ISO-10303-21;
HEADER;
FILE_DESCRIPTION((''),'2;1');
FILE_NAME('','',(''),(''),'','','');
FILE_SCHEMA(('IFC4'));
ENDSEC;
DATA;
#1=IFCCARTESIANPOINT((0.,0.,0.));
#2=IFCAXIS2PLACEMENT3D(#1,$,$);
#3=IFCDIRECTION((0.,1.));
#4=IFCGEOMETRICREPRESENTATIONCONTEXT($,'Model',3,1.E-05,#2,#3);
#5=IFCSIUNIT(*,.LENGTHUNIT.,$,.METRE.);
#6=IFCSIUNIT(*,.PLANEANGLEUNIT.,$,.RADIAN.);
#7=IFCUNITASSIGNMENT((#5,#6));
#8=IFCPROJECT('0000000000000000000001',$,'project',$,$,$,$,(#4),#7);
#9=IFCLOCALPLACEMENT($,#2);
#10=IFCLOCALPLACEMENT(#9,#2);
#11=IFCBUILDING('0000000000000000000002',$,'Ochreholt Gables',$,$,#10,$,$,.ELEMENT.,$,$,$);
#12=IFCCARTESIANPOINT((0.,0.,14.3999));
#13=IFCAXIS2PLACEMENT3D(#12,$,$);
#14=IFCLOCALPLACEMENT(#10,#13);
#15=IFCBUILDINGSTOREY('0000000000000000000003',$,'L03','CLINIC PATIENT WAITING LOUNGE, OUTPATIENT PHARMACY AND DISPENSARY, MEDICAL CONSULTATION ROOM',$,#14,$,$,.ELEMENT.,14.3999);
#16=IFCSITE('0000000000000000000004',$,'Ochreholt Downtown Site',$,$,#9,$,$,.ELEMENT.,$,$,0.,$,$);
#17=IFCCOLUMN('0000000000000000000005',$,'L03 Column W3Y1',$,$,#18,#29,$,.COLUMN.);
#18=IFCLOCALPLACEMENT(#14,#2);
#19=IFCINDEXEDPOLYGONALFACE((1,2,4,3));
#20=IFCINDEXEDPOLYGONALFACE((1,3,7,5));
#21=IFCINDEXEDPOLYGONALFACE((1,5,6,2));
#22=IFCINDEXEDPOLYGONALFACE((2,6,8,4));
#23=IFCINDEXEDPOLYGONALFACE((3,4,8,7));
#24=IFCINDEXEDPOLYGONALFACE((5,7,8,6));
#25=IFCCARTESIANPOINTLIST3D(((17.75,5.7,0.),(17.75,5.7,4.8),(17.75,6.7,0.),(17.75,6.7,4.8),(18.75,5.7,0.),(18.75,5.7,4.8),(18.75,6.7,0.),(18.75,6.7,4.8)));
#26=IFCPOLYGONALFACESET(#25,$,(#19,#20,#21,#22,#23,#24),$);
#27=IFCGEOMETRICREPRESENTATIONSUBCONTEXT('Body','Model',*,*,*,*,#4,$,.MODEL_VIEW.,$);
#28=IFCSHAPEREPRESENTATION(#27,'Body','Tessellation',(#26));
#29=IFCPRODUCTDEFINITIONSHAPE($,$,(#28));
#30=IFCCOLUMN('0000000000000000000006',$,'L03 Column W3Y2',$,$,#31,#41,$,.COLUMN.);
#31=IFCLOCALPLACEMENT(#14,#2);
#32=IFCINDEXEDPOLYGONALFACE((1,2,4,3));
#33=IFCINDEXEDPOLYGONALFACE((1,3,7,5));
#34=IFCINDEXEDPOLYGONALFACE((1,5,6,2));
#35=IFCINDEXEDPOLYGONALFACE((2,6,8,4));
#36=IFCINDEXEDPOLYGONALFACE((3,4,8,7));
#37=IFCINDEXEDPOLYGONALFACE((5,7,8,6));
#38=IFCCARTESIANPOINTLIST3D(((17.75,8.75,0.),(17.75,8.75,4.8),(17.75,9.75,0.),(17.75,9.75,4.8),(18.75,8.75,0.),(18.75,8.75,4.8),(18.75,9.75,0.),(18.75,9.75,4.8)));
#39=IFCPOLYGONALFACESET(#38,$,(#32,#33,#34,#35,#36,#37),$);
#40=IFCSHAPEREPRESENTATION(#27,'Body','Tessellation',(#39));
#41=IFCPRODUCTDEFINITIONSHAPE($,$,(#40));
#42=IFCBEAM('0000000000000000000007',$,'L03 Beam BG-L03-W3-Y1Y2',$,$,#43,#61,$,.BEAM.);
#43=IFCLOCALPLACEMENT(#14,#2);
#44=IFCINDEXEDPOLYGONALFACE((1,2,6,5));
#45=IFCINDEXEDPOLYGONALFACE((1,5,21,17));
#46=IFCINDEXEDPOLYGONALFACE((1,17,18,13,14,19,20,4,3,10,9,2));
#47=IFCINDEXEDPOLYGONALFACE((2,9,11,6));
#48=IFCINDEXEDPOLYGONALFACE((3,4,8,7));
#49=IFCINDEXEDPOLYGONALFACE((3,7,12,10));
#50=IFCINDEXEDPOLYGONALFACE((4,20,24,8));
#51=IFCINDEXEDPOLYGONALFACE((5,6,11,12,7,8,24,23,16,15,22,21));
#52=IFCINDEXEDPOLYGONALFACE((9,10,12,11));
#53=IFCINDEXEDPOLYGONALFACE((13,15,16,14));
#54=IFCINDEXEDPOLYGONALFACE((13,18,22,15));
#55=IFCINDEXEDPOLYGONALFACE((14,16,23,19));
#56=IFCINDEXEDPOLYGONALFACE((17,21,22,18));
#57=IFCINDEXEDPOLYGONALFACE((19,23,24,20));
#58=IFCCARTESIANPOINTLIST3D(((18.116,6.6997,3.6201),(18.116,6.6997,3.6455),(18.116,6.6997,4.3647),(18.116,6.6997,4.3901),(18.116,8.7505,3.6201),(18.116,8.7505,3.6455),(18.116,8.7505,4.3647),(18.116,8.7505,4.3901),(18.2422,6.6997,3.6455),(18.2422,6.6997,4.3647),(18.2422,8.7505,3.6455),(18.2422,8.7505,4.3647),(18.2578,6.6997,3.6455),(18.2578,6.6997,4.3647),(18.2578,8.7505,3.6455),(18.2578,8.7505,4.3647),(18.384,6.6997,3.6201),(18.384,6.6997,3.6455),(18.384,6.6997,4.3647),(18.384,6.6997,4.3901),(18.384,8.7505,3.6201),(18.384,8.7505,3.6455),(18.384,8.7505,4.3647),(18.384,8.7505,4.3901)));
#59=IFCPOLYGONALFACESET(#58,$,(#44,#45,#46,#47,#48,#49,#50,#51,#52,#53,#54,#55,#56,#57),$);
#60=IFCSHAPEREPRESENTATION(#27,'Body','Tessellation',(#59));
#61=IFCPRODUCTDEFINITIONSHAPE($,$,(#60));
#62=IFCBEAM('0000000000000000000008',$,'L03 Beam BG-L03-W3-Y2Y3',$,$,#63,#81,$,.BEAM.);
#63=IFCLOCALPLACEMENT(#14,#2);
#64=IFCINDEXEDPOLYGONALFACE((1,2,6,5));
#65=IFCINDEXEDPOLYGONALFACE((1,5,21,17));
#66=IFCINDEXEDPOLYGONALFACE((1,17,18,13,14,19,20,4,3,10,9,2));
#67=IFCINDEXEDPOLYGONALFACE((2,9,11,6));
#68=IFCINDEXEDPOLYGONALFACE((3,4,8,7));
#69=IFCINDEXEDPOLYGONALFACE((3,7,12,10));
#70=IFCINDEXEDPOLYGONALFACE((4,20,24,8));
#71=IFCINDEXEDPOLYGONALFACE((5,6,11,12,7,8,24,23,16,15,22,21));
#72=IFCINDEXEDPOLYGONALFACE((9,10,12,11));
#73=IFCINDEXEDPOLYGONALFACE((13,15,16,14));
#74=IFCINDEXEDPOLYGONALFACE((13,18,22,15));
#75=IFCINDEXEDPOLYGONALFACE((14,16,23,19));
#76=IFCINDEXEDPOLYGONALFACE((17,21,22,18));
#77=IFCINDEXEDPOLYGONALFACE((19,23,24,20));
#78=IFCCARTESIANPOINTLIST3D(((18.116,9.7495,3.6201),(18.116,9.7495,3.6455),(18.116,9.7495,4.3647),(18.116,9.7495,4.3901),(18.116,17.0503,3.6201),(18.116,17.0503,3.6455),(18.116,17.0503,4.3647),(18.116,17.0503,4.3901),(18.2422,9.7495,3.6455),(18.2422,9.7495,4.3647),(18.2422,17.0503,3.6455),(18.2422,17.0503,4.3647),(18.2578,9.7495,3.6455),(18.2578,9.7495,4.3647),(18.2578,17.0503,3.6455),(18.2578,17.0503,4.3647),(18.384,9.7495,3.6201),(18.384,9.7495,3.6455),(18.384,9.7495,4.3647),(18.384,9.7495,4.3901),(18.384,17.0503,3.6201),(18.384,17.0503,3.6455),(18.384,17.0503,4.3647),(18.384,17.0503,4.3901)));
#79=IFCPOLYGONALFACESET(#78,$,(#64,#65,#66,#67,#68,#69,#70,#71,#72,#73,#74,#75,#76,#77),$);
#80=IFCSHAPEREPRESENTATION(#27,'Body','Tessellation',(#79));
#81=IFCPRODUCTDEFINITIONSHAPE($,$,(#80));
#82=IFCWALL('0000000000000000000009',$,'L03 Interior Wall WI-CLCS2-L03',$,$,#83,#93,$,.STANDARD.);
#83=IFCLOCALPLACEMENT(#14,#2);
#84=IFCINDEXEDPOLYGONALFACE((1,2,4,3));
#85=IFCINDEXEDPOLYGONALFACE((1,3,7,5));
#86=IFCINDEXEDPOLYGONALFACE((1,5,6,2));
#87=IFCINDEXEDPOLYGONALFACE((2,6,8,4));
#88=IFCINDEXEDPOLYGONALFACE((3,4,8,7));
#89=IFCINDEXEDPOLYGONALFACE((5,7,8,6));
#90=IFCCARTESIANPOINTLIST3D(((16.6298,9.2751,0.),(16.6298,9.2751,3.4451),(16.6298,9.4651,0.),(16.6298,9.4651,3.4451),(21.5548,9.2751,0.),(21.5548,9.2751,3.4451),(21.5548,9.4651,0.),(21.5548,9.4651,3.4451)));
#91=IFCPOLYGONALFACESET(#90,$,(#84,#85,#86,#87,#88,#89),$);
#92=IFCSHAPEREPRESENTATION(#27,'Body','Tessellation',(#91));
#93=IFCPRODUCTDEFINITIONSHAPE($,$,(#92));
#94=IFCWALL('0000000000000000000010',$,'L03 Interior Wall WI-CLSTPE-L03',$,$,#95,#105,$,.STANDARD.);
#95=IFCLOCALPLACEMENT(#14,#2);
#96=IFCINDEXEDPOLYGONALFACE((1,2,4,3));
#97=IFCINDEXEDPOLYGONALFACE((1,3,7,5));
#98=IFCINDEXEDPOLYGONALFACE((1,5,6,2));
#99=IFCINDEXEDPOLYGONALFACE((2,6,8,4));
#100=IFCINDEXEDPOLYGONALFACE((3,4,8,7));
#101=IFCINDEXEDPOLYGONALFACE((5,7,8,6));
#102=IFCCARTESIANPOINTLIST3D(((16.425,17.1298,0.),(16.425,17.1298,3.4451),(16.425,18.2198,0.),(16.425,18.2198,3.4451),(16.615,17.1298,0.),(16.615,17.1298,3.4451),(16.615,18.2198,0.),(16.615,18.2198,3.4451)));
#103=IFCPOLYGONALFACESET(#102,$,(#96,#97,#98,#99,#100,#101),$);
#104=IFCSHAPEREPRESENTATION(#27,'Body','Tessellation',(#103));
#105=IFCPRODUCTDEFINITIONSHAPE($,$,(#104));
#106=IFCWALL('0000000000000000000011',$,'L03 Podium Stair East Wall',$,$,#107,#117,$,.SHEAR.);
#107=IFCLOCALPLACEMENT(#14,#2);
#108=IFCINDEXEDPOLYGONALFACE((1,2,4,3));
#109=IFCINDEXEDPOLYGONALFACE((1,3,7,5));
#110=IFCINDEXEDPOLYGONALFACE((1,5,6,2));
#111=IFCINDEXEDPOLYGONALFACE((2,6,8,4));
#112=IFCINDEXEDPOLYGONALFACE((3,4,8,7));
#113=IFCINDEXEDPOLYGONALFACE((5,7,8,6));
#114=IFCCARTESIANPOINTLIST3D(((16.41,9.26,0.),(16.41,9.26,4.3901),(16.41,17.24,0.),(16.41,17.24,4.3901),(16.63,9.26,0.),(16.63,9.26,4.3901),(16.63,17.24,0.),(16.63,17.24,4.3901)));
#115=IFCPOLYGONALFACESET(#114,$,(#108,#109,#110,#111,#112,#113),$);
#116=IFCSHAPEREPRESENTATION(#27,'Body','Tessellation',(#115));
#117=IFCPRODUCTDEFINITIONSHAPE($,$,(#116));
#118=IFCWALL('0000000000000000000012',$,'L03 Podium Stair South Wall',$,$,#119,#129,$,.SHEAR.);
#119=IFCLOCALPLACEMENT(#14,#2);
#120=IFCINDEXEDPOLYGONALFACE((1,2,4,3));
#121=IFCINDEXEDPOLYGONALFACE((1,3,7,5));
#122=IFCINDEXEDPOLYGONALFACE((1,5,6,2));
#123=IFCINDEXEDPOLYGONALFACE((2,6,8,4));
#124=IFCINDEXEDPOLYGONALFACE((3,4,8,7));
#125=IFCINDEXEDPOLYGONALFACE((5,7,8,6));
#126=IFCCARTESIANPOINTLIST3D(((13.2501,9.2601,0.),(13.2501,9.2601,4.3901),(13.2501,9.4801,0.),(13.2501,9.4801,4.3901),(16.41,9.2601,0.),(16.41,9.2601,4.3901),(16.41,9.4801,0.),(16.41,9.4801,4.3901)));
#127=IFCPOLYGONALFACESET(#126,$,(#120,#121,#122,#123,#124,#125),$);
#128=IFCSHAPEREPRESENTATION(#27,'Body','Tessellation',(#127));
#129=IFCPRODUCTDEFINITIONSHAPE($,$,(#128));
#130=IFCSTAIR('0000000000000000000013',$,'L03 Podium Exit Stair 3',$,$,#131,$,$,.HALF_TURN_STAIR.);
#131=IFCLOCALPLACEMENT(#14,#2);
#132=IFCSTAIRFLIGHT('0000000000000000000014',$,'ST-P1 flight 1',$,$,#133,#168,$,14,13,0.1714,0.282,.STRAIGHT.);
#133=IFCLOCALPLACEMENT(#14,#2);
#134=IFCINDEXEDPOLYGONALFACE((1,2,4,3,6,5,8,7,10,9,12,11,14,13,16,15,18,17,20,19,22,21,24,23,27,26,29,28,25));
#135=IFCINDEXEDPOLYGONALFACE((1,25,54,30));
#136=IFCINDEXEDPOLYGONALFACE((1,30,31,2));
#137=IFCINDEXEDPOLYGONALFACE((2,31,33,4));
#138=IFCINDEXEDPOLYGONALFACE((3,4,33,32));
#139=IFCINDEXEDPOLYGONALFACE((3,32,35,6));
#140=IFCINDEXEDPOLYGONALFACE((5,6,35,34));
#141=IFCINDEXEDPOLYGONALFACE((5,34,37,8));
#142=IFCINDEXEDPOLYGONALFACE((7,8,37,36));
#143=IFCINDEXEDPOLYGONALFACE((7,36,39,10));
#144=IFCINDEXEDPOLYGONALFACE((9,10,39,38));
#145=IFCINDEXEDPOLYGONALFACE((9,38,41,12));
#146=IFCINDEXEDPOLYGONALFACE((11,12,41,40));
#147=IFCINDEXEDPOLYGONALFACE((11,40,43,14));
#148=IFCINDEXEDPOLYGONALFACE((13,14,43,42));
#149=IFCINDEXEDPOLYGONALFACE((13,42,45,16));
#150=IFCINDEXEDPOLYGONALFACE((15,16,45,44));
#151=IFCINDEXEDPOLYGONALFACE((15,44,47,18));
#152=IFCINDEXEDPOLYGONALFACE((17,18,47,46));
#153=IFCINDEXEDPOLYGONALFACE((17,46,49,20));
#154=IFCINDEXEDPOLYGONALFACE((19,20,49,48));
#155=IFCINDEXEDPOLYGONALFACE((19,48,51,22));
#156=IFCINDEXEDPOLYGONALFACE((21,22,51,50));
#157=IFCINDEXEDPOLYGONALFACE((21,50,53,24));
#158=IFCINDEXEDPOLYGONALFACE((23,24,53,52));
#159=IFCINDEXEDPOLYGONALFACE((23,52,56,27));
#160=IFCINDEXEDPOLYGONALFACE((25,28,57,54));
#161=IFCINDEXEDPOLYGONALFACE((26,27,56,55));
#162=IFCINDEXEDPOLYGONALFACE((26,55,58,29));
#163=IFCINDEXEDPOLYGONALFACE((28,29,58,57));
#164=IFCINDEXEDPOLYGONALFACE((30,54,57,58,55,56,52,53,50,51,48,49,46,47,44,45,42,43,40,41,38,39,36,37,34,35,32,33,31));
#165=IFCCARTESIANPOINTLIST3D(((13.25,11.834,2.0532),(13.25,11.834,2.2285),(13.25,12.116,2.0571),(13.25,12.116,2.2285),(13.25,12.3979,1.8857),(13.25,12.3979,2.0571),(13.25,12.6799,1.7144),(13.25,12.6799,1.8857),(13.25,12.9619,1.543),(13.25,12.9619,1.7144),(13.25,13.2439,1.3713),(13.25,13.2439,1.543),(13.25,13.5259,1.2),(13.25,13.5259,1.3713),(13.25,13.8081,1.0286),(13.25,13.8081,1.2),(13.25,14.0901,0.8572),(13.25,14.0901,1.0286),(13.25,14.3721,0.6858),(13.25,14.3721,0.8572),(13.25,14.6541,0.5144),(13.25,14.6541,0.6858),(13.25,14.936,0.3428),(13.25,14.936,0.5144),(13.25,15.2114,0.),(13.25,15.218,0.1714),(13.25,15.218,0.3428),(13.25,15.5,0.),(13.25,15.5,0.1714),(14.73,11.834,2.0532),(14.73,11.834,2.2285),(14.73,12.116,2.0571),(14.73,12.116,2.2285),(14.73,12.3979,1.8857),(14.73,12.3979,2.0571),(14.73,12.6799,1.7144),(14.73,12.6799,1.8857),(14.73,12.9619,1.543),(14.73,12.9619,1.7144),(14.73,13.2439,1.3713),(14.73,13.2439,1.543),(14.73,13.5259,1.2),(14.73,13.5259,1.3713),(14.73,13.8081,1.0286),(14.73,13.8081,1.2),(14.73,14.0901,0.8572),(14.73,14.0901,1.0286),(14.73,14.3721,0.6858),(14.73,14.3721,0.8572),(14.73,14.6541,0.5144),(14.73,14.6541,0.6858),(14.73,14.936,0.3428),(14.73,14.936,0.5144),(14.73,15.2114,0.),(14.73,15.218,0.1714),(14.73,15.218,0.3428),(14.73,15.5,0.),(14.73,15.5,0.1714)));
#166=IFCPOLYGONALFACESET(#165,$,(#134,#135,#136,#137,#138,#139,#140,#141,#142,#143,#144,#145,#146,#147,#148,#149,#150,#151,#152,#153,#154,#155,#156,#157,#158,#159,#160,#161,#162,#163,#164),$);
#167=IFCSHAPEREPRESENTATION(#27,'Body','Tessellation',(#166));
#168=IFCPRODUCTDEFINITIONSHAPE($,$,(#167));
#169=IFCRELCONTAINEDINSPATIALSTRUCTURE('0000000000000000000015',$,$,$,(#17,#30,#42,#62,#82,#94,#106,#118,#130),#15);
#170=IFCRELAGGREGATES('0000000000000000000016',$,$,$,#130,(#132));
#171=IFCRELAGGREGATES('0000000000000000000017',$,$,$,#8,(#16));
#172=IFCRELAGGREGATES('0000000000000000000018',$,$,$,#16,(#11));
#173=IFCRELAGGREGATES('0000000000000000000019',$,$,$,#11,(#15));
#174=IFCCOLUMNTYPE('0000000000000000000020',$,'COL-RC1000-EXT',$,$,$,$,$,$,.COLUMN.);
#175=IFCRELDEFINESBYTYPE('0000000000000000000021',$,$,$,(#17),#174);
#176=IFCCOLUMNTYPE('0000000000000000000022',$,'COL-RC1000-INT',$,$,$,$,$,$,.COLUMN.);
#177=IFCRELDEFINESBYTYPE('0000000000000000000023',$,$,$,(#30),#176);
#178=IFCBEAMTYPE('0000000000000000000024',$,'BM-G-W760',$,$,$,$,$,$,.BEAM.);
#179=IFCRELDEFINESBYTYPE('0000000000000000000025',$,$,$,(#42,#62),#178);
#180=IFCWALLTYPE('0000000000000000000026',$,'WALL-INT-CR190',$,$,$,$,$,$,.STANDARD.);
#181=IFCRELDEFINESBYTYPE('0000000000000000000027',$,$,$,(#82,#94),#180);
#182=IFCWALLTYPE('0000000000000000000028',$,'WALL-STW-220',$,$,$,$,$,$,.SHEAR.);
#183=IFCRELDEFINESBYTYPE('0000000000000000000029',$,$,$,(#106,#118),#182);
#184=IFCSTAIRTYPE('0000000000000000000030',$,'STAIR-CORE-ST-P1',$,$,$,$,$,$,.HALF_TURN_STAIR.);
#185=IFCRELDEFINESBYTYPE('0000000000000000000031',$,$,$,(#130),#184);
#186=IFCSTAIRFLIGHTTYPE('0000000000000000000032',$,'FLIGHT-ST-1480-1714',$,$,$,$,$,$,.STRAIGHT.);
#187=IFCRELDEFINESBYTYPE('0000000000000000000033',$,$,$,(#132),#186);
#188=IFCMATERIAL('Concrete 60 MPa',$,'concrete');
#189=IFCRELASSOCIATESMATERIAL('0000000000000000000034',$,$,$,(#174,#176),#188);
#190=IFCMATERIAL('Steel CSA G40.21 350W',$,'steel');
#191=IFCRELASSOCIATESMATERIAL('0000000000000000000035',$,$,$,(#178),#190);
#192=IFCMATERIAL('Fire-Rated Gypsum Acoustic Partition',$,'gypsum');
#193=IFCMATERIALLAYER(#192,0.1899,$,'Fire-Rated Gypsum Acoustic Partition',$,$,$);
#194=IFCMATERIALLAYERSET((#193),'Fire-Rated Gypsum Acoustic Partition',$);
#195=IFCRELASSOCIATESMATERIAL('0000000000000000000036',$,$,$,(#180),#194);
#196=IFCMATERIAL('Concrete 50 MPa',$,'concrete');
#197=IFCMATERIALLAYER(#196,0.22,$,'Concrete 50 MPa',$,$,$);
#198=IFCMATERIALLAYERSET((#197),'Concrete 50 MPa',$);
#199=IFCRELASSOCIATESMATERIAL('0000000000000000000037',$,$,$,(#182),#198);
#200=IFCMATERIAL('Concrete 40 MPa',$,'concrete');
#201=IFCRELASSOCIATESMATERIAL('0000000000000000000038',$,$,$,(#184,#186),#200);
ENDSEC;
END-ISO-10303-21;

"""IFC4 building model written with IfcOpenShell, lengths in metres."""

from ifc_helpers import new_model, si_unit, direction, frame, frame_2d, origin, origin_2d, place, context, subcontext, project, spatial, polyline, rectangle, i_section, outline, extrude, material, layer, layer_set, material_profile, profile_set, type_object, element, aggregate, save


model = new_model("IFC4")

# Units and contexts
model_context = context("Model", 3, precision=1e-05, world=origin(), true_north=direction((0.0, 1.0)))
body_context = subcontext(model_context, "Body", "Model", "MODEL_VIEW")
ifc_project = project(units=[si_unit("LENGTHUNIT", "METRE"), si_unit("PLANEANGLEUNIT", "RADIAN")], contexts=[model_context])

# Site, building, storey
site_placement = place(None, origin())
site = spatial("IfcSite", under=ifc_project, at=site_placement, Name="Ochreholt Downtown Site", CompositionType="ELEMENT", RefElevation=0.0)
building_placement = place(site_placement, origin())
building = spatial("IfcBuilding", under=site, at=building_placement, Name="Ochreholt Gables", CompositionType="ELEMENT")
storey_placement = place(building_placement, frame((0.0, 0.0, 14.3999)))
storey = spatial("IfcBuildingStorey", under=building, at=storey_placement, Name="L03", Description="CLINIC PATIENT WAITING LOUNGE, OUTPATIENT PHARMACY AND DISPENSARY, MEDICAL CONSULTATION ROOM", CompositionType="ELEMENT", Elevation=14.3999)

# Columns
ifc_material_1 = material(Name="Concrete 60 MPa", Category="concrete")
ifc_material_profile_1 = material_profile(ifc_material_1, rectangle(XDim=1.0, YDim=1.0, at=origin_2d()), Name="RC1000X1000")
ifc_profile_set_1 = profile_set([ifc_material_profile_1], Name="Concrete 60 MPa")
column_type_1 = type_object("IfcColumnType", Name="COL-RC1000-EXT", PredefinedType="COLUMN", material=ifc_profile_set_1)
column_1_placement = place(storey_placement, frame((18.25, 6.2, 0.0), z_axis=(0.0, 0.0, 1.0), x_axis=(1.0, 0.0, 0.0)))
element("IfcColumn", 1, at=column_1_placement, inside=storey, type_object=column_type_1, Name="L03 Column W3Y1", PredefinedType="COLUMN", context=body_context, shape_type="SweptSolid", body=[
    extrude(rectangle(XDim=1.0, YDim=1.0, at=origin_2d()), origin(), (0.0, 0.0, 1.0), 4.8),
])
ifc_material_profile_2 = material_profile(ifc_material_1, rectangle(XDim=1.0, YDim=1.0, at=origin_2d()), Name="RC1000X1000")
ifc_profile_set_2 = profile_set([ifc_material_profile_2], Name="Concrete 60 MPa")
column_type_2 = type_object("IfcColumnType", Name="COL-RC1000-INT", PredefinedType="COLUMN", material=ifc_profile_set_2)
column_2_placement = place(storey_placement, frame((18.25, 9.25, 0.0), z_axis=(0.0, 0.0, 1.0), x_axis=(1.0, 0.0, 0.0)))
element("IfcColumn", 2, at=column_2_placement, inside=storey, type_object=column_type_2, Name="L03 Column W3Y2", PredefinedType="COLUMN", context=body_context, shape_type="SweptSolid", body=[
    extrude(rectangle(XDim=1.0, YDim=1.0, at=origin_2d()), origin(), (0.0, 0.0, 1.0), 4.8),
])

# Beams
ifc_material_2 = material(Name="Steel CSA G40.21 350W", Category="steel")
ifc_material_profile_3 = material_profile(ifc_material_2, i_section(OverallWidth=0.2681, OverallDepth=0.77, WebThickness=0.0156, FlangeThickness=0.0254, at=origin_2d()), Name="W760X196")
ifc_profile_set_3 = profile_set([ifc_material_profile_3], Name="Steel CSA G40.21 350W")
beam_type = type_object("IfcBeamType", Name="BM-G-W760", PredefinedType="BEAM", material=ifc_profile_set_3)
beam_1_placement = place(storey_placement, frame((18.25, 6.6997, 4.0051), z_axis=(0.0, 1.0, 0.0), x_axis=(-1.0, 0.0, 0.0)))
element("IfcBeam", 3, at=beam_1_placement, inside=storey, type_object=beam_type, Name="L03 Beam BG-L03-W3-Y1Y2", PredefinedType="BEAM", context=body_context, shape_type="SweptSolid", body=[
    extrude(i_section(OverallWidth=0.2681, OverallDepth=0.77, WebThickness=0.0156, FlangeThickness=0.0254, at=origin_2d()), origin(), (0.0, 0.0, 1.0), 2.0508),
])
beam_2_placement = place(storey_placement, frame((18.25, 9.7495, 4.0051), z_axis=(0.0, 1.0, 0.0), x_axis=(-1.0, 0.0, 0.0)))
element("IfcBeam", 4, at=beam_2_placement, inside=storey, type_object=beam_type, Name="L03 Beam BG-L03-W3-Y2Y3", PredefinedType="BEAM", context=body_context, shape_type="SweptSolid", body=[
    extrude(i_section(OverallWidth=0.2681, OverallDepth=0.77, WebThickness=0.0156, FlangeThickness=0.0254, at=origin_2d()), origin(), (0.0, 0.0, 1.0), 7.3008),
])

# Walls
ifc_material_3 = material(Name="Fire-Rated Gypsum Acoustic Partition", Category="gypsum")
ifc_layer_1 = layer(ifc_material_3, 0.1899, Name="Fire-Rated Gypsum Acoustic Partition")
ifc_layer_set_1 = layer_set([ifc_layer_1], Name="Fire-Rated Gypsum Acoustic Partition")
wall_type_1 = type_object("IfcWallType", Name="WALL-INT-CR190", PredefinedType="STANDARD", material=ifc_layer_set_1)
wall_1_placement = place(storey_placement, frame((16.6299, 9.3701, 0.0), z_axis=(0.0, 0.0, 1.0), x_axis=(1.0, 0.0, 0.0)))
element("IfcWall", 5, at=wall_1_placement, inside=storey, type_object=wall_type_1, Name="L03 Interior Wall WI-CLCS2-L03", PredefinedType="STANDARD", context=body_context, shape_type="SweptSolid", body=[
    extrude(rectangle(XDim=4.925, YDim=0.1899, at=frame_2d((2.4624, 0.0))), origin(), (0.0, 0.0, 1.0), 3.4451),
])
wall_2_placement = place(storey_placement, frame((16.52, 17.1299, 0.0), z_axis=(0.0, 0.0, 1.0), x_axis=(0.0, 1.0, 0.0)))
element("IfcWall", 6, at=wall_2_placement, inside=storey, type_object=wall_type_1, Name="L03 Interior Wall WI-CLSTPE-L03", PredefinedType="STANDARD", context=body_context, shape_type="SweptSolid", body=[
    extrude(rectangle(XDim=1.0901, YDim=0.1899, at=frame_2d((0.5449, 0.0))), origin(), (0.0, 0.0, 1.0), 3.4451),
])
ifc_material_4 = material(Name="Concrete 50 MPa", Category="concrete")
ifc_layer_2 = layer(ifc_material_4, 0.22, Name="Concrete 50 MPa")
ifc_layer_set_2 = layer_set([ifc_layer_2], Name="Concrete 50 MPa")
wall_type_2 = type_object("IfcWallType", Name="WALL-STW-220", PredefinedType="SHEAR", material=ifc_layer_set_2)
wall_3_placement = place(storey_placement, frame((16.52, 9.26, 0.0), z_axis=(0.0, 0.0, 1.0), x_axis=(0.0, 1.0, 0.0)))
element("IfcWall", 7, at=wall_3_placement, inside=storey, type_object=wall_type_2, Name="L03 Podium Stair East Wall", PredefinedType="SHEAR", context=body_context, shape_type="SweptSolid", body=[
    extrude(rectangle(XDim=7.98, YDim=0.22, at=frame_2d((3.99, 0.0))), origin(), (0.0, 0.0, 1.0), 4.3901),
])
wall_4_placement = place(storey_placement, frame((13.25, 9.3701, 0.0), z_axis=(0.0, 0.0, 1.0), x_axis=(1.0, 0.0, 0.0)))
element("IfcWall", 8, at=wall_4_placement, inside=storey, type_object=wall_type_2, Name="L03 Podium Stair South Wall", PredefinedType="SHEAR", context=body_context, shape_type="SweptSolid", body=[
    extrude(rectangle(XDim=3.1599, YDim=0.22, at=frame_2d((1.5801, 0.0))), origin(), (0.0, 0.0, 1.0), 4.3901),
])

# Stair, stair flight
ifc_material_5 = material(Name="Concrete 40 MPa", Category="concrete")
stair_type = type_object("IfcStairType", Name="STAIR-CORE-ST-P1", PredefinedType="HALF_TURN_STAIR", material=ifc_material_5)
stair_placement = place(storey_placement, origin())
stair = element("IfcStair", 9, at=stair_placement, inside=storey, type_object=stair_type, Name="L03 Podium Exit Stair 3", PredefinedType="HALF_TURN_STAIR")
stair_flight_type = type_object("IfcStairFlightType", Name="FLIGHT-ST-1480-1714", PredefinedType="STRAIGHT", material=ifc_material_5)
stair_flight_1_placement = place(storey_placement, frame((13.99, 15.5, 0.0), z_axis=(0.0, 0.0, 1.0), x_axis=(0.0, -1.0, 0.0)))
stair_flight_1 = element("IfcStairFlight", 10, at=stair_flight_1_placement, type_object=stair_flight_type, Name="ST-P1 flight 1", NumberOfRisers=14, NumberOfTreads=13, PredefinedType="STRAIGHT", RiserHeight=0.1714, TreadLength=0.282, context=body_context, shape_type="SweptSolid", body=[
    extrude(outline(polyline([(0.0, 0.0), (0.0, 0.1714), (0.282, 0.1714), (0.282, 0.3428), (0.564, 0.3428), (0.564, 0.5144), (0.8459, 0.5144), (0.8459, 0.6858), (1.1279, 0.6858), (1.1279, 0.8572), (1.4099, 0.8572), (1.4099, 1.0286), (1.6919, 1.0286), (1.6919, 1.2), (1.9741, 1.2), (1.9741, 1.3713), (2.2561, 1.3713), (2.2561, 1.543), (2.5381, 1.543), (2.5381, 1.7144), (2.8201, 1.7144), (2.8201, 1.8857), (3.1021, 1.8857), (3.1021, 2.0571), (3.384, 2.0571), (3.384, 2.2285), (3.666, 2.2285), (3.666, 2.3999), (3.666, 2.0532), (0.2886, 0.0), (0.0, 0.0)])), frame((0.0, 0.74, 0.0), z_axis=(0.0, -1.0, 0.0), x_axis=(1.0, 0.0, 0.0)), (0.0, 0.0, 1.0), 1.48),
])
aggregate(stair, [stair_flight_1])

save(model, "model.ifc")
